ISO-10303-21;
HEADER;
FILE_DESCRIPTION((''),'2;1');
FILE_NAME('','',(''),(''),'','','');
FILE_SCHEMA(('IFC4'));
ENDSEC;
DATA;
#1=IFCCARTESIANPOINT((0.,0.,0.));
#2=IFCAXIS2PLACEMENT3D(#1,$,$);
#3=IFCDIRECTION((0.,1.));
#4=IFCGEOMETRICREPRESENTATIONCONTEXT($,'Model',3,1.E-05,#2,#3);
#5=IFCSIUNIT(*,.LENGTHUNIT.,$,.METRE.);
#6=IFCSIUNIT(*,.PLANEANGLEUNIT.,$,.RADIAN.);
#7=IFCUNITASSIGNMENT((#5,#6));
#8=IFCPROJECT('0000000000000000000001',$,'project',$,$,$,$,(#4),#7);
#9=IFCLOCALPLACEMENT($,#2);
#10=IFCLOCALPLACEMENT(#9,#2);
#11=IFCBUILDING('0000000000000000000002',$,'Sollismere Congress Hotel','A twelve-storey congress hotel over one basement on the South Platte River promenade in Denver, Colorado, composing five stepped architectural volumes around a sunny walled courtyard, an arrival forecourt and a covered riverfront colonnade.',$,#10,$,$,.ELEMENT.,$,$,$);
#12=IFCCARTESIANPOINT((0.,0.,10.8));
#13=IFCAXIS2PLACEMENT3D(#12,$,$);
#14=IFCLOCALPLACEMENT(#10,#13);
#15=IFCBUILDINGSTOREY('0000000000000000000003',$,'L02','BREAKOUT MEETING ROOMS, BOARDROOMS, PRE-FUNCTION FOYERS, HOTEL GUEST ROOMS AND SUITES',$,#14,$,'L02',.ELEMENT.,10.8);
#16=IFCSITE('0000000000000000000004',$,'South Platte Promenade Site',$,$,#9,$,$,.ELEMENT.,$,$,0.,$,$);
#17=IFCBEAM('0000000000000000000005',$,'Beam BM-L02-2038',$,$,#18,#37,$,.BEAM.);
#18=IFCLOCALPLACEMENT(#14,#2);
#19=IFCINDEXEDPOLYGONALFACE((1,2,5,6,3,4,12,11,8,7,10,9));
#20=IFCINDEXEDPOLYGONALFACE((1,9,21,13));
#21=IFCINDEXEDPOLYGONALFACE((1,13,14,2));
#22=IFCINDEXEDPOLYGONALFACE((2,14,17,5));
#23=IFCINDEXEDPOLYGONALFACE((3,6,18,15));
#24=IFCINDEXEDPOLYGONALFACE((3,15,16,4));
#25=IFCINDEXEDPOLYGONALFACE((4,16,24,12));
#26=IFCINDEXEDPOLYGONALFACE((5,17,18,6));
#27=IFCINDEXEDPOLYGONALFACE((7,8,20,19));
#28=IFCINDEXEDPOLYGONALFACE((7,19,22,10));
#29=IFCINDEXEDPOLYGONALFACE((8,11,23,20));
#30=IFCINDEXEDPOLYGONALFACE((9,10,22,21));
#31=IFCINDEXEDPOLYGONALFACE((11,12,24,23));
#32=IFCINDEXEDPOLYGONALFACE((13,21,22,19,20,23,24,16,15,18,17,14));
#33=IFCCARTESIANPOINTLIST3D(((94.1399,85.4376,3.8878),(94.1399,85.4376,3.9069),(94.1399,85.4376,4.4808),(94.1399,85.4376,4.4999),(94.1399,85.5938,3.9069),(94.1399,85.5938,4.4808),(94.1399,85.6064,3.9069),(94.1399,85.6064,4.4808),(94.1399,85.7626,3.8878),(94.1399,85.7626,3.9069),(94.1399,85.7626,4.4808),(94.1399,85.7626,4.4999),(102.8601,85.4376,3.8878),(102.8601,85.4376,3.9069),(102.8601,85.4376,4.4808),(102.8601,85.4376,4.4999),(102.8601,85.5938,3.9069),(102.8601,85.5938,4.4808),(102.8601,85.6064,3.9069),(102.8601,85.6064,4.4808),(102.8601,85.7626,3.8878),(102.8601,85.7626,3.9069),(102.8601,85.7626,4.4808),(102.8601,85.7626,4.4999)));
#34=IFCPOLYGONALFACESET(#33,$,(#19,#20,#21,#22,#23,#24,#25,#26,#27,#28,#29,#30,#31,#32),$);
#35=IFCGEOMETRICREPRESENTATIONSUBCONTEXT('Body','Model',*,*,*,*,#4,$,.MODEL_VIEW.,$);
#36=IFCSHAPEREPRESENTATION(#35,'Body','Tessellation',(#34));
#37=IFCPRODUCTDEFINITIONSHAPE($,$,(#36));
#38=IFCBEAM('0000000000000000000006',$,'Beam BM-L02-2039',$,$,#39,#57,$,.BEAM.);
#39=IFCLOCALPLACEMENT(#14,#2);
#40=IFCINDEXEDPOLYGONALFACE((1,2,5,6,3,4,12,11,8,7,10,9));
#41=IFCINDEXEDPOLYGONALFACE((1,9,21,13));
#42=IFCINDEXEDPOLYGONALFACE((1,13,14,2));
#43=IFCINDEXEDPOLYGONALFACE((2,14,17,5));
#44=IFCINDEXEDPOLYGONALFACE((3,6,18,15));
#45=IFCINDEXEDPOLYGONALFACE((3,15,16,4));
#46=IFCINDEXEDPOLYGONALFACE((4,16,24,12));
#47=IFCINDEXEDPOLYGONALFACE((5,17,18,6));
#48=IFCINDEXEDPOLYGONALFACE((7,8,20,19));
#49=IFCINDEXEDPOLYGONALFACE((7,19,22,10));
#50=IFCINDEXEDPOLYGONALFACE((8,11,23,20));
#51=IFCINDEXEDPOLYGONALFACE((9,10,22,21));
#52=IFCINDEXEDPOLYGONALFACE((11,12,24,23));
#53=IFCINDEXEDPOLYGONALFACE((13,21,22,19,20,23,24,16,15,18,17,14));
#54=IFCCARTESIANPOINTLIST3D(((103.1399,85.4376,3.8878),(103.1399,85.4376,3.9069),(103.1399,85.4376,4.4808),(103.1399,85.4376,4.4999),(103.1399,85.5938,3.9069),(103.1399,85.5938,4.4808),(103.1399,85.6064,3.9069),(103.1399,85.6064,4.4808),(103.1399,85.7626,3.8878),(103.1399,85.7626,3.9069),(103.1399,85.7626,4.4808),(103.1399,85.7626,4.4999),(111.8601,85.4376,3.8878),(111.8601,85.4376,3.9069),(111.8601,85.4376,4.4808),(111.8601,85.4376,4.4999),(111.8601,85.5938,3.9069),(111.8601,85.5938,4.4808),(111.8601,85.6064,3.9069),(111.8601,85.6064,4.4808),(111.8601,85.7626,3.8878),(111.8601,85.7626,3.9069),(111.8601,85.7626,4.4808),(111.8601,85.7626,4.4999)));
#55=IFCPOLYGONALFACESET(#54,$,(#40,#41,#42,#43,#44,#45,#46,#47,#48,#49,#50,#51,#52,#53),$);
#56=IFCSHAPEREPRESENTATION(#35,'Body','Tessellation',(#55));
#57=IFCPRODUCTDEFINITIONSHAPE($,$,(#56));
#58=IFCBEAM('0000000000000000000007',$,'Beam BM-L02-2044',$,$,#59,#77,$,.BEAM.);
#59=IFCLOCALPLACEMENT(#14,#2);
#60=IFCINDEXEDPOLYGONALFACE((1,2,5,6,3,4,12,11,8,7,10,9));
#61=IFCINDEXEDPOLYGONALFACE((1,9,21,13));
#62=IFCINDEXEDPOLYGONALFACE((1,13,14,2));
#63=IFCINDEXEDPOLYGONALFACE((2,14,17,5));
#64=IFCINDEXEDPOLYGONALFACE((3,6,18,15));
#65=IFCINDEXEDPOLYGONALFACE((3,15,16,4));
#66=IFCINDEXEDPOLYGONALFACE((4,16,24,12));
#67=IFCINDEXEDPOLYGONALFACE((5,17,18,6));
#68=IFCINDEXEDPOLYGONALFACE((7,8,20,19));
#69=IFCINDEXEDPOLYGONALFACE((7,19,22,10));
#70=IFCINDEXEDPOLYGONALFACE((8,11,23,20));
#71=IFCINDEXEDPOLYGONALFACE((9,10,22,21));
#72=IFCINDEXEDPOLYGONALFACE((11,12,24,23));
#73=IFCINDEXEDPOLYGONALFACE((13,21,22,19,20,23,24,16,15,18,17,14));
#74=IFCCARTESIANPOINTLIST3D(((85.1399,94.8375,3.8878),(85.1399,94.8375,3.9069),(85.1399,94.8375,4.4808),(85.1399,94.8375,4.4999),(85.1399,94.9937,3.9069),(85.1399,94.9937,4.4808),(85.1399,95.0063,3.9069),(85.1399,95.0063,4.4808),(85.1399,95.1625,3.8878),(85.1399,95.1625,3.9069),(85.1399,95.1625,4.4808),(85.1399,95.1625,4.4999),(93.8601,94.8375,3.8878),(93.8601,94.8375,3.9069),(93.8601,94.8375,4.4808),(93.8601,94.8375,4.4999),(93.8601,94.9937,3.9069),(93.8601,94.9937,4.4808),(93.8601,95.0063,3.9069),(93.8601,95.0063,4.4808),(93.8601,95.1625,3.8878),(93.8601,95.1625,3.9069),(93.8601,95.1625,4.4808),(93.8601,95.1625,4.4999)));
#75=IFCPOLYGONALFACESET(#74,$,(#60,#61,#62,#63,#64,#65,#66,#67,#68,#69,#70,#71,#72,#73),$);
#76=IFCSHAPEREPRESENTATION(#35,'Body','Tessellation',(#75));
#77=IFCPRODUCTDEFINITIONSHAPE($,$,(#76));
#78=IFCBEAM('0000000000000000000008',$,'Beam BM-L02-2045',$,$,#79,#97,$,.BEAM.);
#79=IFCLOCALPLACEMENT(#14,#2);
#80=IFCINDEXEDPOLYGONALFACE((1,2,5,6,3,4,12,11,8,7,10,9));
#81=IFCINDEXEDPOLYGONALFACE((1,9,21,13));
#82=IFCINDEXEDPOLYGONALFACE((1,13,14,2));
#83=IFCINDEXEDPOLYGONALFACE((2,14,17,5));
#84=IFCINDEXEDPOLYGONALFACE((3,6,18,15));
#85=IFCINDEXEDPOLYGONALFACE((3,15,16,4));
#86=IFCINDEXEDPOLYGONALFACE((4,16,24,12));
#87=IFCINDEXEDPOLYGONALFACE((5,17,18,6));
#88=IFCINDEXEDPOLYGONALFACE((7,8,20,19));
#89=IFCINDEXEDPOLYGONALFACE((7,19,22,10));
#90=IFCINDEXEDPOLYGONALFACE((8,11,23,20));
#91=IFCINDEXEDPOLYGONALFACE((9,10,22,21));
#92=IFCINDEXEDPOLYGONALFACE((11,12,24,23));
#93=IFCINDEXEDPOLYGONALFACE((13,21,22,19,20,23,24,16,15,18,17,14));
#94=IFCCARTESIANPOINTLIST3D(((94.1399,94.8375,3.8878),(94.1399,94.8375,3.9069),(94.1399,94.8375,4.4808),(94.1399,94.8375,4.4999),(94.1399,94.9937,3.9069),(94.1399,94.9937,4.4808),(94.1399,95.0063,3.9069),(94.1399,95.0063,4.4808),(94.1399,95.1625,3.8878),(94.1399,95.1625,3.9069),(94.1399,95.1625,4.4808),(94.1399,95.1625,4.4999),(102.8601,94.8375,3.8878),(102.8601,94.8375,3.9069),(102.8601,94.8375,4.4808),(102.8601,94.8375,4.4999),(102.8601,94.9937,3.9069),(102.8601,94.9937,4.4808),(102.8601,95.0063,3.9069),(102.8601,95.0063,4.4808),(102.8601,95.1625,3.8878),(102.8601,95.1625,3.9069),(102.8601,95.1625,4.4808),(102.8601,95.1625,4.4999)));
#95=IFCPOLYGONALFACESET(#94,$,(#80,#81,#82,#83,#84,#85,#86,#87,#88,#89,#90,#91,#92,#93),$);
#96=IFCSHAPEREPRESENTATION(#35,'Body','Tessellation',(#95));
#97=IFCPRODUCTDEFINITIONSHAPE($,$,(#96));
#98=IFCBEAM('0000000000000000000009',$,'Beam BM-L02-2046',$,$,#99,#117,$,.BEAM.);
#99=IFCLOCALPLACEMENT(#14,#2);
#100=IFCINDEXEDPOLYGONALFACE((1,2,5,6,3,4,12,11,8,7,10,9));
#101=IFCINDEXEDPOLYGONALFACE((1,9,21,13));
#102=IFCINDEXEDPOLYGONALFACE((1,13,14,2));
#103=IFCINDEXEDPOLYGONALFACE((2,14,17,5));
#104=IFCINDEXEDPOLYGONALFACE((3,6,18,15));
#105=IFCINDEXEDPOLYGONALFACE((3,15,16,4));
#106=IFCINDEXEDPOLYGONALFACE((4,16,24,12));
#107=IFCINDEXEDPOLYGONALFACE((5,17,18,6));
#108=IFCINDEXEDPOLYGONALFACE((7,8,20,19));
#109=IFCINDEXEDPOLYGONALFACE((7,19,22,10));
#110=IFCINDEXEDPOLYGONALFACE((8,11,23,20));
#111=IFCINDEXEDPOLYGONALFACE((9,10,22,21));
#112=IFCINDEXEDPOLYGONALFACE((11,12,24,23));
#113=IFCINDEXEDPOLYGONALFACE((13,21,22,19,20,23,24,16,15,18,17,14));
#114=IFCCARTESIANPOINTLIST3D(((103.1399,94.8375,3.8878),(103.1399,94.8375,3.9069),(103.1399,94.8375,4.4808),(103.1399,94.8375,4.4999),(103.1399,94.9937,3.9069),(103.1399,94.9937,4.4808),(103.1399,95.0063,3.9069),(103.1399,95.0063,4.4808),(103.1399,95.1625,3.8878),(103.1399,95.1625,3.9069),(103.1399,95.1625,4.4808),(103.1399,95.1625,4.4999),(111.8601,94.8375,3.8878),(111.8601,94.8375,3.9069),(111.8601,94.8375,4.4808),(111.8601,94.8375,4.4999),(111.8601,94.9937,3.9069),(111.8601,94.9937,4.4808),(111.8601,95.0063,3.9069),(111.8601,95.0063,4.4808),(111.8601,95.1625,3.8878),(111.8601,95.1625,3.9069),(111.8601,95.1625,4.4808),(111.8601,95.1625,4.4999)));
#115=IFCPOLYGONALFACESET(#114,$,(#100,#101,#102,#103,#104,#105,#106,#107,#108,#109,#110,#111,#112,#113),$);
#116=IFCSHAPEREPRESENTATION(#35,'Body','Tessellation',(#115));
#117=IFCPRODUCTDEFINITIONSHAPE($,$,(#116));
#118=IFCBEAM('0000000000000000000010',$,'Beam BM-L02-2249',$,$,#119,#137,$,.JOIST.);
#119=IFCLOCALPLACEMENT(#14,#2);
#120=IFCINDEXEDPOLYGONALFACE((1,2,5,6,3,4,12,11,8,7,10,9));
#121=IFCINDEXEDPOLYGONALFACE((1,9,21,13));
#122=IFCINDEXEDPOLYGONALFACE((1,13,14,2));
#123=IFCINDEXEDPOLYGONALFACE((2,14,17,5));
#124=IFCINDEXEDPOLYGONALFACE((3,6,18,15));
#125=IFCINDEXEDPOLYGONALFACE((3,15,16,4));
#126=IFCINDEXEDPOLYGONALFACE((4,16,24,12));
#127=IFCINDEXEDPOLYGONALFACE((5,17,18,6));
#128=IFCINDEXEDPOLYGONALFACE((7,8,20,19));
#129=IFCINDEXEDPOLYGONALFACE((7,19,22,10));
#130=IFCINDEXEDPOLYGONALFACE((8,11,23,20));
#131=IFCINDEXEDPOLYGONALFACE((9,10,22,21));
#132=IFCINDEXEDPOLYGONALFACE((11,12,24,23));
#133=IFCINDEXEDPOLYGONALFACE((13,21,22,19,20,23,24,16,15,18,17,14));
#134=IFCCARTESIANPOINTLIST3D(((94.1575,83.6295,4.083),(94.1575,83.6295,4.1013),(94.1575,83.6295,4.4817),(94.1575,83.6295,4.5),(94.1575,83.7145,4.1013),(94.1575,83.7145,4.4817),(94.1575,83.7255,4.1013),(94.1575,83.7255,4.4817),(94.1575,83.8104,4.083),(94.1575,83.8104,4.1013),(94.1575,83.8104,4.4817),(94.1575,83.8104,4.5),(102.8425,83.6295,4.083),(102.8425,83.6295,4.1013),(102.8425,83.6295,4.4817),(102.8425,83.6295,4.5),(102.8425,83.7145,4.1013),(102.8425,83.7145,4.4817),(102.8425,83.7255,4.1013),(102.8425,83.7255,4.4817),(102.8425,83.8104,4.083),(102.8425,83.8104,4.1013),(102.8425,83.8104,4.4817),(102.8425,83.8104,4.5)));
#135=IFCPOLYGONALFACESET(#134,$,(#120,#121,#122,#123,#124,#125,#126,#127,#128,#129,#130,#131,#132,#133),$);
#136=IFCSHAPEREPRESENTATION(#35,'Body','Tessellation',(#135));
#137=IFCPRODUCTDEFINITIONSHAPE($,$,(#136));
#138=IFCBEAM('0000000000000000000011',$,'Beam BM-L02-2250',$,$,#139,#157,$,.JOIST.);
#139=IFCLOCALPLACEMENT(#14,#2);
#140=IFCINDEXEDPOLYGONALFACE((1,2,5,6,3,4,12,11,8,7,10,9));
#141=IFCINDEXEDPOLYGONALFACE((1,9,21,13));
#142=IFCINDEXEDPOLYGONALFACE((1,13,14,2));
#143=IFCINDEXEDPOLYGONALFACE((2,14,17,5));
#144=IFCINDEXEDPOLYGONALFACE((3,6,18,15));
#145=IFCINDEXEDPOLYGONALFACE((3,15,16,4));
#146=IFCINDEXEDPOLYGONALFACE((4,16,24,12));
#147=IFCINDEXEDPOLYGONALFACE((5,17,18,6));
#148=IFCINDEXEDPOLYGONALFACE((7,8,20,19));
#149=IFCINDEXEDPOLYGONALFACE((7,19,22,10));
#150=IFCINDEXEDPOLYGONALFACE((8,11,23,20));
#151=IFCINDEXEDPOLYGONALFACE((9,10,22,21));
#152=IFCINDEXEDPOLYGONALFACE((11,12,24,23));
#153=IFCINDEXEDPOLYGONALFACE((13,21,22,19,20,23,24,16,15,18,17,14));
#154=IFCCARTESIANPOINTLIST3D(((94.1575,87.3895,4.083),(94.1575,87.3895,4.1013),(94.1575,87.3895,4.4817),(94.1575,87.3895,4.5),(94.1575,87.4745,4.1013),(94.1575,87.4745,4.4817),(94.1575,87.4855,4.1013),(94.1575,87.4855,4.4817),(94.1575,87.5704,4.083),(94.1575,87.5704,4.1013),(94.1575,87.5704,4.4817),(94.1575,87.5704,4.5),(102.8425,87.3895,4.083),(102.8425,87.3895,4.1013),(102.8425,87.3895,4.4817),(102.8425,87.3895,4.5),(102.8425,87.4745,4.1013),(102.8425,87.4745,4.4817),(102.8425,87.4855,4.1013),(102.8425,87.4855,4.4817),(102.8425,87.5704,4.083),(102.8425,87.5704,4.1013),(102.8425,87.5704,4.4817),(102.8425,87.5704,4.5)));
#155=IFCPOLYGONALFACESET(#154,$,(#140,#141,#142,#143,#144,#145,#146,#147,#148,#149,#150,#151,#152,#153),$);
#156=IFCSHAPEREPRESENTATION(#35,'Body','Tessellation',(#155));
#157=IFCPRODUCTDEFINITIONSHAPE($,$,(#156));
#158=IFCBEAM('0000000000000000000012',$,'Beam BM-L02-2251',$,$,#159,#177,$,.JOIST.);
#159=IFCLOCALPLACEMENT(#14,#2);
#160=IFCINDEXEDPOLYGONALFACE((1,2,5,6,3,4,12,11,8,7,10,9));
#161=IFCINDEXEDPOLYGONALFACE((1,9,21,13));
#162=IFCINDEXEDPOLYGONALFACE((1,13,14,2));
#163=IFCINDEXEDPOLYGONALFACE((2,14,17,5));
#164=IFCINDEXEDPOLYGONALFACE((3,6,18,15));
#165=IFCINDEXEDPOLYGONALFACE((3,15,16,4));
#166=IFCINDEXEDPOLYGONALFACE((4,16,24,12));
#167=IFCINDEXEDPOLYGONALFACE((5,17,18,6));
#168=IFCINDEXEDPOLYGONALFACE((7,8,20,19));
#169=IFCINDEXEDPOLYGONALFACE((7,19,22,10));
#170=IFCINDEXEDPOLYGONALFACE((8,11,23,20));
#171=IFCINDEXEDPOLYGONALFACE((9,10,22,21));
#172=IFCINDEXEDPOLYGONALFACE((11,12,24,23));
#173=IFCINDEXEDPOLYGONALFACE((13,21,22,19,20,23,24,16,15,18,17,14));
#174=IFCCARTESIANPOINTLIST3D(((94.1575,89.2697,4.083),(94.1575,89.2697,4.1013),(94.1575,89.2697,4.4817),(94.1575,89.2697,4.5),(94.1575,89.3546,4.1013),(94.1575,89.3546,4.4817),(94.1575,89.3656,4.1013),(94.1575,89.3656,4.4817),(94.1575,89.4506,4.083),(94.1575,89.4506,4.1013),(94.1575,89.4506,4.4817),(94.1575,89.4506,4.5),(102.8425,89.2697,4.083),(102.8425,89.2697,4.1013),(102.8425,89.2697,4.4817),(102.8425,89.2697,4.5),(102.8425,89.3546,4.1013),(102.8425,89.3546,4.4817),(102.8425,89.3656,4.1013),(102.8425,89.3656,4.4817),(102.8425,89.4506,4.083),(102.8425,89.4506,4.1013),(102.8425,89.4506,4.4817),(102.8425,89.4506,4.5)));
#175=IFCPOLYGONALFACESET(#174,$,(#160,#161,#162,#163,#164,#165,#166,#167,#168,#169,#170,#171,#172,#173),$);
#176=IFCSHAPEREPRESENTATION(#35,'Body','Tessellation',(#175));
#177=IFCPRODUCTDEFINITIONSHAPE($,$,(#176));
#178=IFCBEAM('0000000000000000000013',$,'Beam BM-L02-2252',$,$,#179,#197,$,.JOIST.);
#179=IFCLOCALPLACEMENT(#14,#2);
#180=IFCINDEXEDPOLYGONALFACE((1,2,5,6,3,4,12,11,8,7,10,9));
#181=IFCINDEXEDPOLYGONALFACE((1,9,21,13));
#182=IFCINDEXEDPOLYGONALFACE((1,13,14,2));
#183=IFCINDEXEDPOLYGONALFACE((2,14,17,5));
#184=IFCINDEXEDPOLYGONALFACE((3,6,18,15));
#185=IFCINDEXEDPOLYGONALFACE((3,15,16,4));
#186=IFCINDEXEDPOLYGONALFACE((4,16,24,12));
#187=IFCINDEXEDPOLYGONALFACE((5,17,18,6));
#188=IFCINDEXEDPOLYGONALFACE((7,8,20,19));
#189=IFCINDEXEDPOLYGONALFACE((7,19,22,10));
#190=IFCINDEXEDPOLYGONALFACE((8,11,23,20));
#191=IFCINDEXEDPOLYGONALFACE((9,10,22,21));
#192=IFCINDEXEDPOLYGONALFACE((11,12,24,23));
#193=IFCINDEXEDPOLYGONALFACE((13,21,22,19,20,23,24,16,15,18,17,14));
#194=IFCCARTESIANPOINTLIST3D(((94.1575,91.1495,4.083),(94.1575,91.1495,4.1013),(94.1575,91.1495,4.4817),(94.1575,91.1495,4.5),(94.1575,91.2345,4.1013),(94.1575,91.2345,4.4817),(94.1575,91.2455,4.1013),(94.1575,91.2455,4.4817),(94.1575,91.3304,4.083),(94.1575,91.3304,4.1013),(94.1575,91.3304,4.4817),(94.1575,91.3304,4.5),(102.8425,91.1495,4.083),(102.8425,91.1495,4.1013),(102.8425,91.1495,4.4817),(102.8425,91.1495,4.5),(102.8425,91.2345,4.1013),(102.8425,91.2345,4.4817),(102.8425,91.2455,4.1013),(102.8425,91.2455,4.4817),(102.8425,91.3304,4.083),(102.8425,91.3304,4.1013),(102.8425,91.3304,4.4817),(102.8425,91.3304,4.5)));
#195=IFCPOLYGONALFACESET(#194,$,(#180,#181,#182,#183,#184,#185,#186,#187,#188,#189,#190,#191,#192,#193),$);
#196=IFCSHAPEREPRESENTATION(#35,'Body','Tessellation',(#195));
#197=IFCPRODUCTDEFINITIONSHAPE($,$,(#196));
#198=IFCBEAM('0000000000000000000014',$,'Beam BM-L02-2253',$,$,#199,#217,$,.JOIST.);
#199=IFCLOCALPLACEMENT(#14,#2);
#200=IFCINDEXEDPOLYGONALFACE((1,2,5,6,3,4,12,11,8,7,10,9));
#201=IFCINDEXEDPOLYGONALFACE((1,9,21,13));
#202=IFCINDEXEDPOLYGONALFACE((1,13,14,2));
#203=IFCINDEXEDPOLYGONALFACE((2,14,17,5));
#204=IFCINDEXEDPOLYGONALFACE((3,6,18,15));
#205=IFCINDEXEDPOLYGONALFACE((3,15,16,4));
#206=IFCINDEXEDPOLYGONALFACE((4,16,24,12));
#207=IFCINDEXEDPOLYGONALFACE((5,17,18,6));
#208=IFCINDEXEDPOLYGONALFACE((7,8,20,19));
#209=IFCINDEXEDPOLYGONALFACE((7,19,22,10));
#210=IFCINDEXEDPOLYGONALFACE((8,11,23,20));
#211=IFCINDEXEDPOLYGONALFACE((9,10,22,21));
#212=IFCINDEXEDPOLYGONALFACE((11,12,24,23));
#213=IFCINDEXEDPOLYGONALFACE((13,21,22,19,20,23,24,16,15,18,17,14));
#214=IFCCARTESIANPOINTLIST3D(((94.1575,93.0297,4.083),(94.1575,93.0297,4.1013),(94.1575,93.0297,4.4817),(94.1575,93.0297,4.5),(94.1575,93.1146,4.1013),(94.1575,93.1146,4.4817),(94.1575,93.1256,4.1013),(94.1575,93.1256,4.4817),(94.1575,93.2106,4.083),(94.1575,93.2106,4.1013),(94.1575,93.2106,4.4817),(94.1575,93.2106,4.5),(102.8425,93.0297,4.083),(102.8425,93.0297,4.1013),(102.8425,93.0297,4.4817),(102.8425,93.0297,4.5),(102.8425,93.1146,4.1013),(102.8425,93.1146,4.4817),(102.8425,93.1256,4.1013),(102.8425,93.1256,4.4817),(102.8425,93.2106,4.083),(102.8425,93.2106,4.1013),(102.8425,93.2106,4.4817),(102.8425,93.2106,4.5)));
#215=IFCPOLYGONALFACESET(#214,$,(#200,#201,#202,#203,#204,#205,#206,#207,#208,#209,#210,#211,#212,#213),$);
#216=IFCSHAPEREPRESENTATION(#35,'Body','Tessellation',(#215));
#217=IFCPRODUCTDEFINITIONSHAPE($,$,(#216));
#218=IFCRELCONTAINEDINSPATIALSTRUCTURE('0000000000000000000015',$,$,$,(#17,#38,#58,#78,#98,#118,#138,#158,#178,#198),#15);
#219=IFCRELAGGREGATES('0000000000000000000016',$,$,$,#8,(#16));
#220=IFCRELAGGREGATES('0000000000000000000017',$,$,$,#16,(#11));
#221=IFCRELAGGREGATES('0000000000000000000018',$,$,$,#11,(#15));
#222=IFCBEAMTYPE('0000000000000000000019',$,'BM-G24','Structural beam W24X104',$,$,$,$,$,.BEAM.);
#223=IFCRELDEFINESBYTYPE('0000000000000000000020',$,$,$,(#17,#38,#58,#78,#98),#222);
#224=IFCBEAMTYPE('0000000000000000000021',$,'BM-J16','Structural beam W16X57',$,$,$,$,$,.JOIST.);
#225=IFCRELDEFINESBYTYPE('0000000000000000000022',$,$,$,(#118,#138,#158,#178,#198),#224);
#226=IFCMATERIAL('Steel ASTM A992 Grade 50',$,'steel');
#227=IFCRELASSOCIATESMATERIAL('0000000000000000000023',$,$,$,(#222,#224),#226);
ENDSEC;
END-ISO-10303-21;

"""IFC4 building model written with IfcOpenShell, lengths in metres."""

from ifc_helpers import new_model, si_unit, direction, frame, origin, origin_2d, place, context, subcontext, project, spatial, i_section, extrude, material, material_profile, profile_set, type_object, element, save


model = new_model("IFC4")

# Units and contexts
model_context = context("Model", 3, precision=1e-05, world=origin(), true_north=direction((0.0, 1.0)))
body_context = subcontext(model_context, "Body", "Model", "MODEL_VIEW")
ifc_project = project(units=[si_unit("LENGTHUNIT", "METRE"), si_unit("PLANEANGLEUNIT", "RADIAN")], contexts=[model_context])

# Site, building, storey
site_placement = place(None, origin())
site = spatial("IfcSite", under=ifc_project, at=site_placement, Name="South Platte Promenade Site", CompositionType="ELEMENT", RefElevation=0.0)
building_placement = place(site_placement, origin())
building = spatial("IfcBuilding", under=site, at=building_placement, Name="Sollismere Congress Hotel", Description="A twelve-storey congress hotel over one basement on the South Platte River promenade in Denver, Colorado, composing five stepped architectural volumes around a sunny walled courtyard, an arrival forecourt and a covered riverfront colonnade.", CompositionType="ELEMENT")
storey_placement = place(building_placement, frame((0.0, 0.0, 10.8)))
storey = spatial("IfcBuildingStorey", under=building, at=storey_placement, Name="L02", Description="BREAKOUT MEETING ROOMS, BOARDROOMS, PRE-FUNCTION FOYERS, HOTEL GUEST ROOMS AND SUITES", LongName="L02", CompositionType="ELEMENT", Elevation=10.8)

# Shared definitions
ifc_material_1 = material(Name="Steel ASTM A992 Grade 50", Category="steel")

# Beams
ifc_material_profile_1 = material_profile(ifc_material_1, i_section(OverallWidth=0.325, OverallDepth=0.6121, WebThickness=0.0127, FlangeThickness=0.019, at=origin_2d()), Name="W24X104")
ifc_profile_set_1 = profile_set([ifc_material_profile_1], Name="Steel ASTM A992 Grade 50")
beam_type_1 = type_object("IfcBeamType", Name="BM-G24", Description="Structural beam W24X104", PredefinedType="BEAM", material=ifc_profile_set_1)
for number, where, z_axis, x_axis, name in (
    (1, (94.1399, 85.6001, 4.1938), (1.0, 0.0, 0.0), (0.0, 1.0, 0.0), "Beam BM-L02-2038"),
    (2, (103.1399, 85.6001, 4.1938), (1.0, 0.0, 0.0), (0.0, 1.0, 0.0), "Beam BM-L02-2039"),
    (3, (85.1399, 95.0, 4.1938), (1.0, 0.0, 0.0), (0.0, 1.0, 0.0), "Beam BM-L02-2044"),
    (4, (94.1399, 95.0, 4.1938), (1.0, 0.0, 0.0), (0.0, 1.0, 0.0), "Beam BM-L02-2045"),
    (5, (103.1399, 95.0, 4.1938), (1.0, 0.0, 0.0), (0.0, 1.0, 0.0), "Beam BM-L02-2046"),
):
    element("IfcBeam", number, at=place(storey_placement, frame(where, z_axis=z_axis, x_axis=x_axis)), inside=storey, type_object=beam_type_1, Name=name, PredefinedType="BEAM", context=body_context, shape_type="SweptSolid", body=[
        extrude(i_section(OverallWidth=0.325, OverallDepth=0.6121, WebThickness=0.0127, FlangeThickness=0.019, at=origin_2d()), origin(), (0.0, 0.0, 1.0), 8.7202),
    ])
ifc_material_profile_2 = material_profile(ifc_material_1, i_section(OverallWidth=0.1809, OverallDepth=0.417, WebThickness=0.011, FlangeThickness=0.0183, at=origin_2d()), Name="W16X57")
ifc_profile_set_2 = profile_set([ifc_material_profile_2], Name="Steel ASTM A992 Grade 50")
beam_type_2 = type_object("IfcBeamType", Name="BM-J16", Description="Structural beam W16X57", PredefinedType="JOIST", material=ifc_profile_set_2)
for number, where, z_axis, x_axis, name in (
    (6, (94.1575, 83.72, 4.2915), (1.0, 0.0, 0.0), (0.0, 1.0, 0.0), "Beam BM-L02-2249"),
    (7, (94.1575, 87.48, 4.2915), (1.0, 0.0, 0.0), (0.0, 1.0, 0.0), "Beam BM-L02-2250"),
    (8, (94.1575, 89.3601, 4.2915), (1.0, 0.0, 0.0), (0.0, 1.0, 0.0), "Beam BM-L02-2251"),
    (9, (94.1575, 91.24, 4.2915), (1.0, 0.0, 0.0), (0.0, 1.0, 0.0), "Beam BM-L02-2252"),
    (10, (94.1575, 93.1201, 4.2915), (1.0, 0.0, 0.0), (0.0, 1.0, 0.0), "Beam BM-L02-2253"),
):
    element("IfcBeam", number, at=place(storey_placement, frame(where, z_axis=z_axis, x_axis=x_axis)), inside=storey, type_object=beam_type_2, Name=name, PredefinedType="JOIST", context=body_context, shape_type="SweptSolid", body=[
        extrude(i_section(OverallWidth=0.1809, OverallDepth=0.417, WebThickness=0.011, FlangeThickness=0.0183, at=origin_2d()), origin(), (0.0, 0.0, 1.0), 8.6851),
    ])

save(model, "model.ifc")
